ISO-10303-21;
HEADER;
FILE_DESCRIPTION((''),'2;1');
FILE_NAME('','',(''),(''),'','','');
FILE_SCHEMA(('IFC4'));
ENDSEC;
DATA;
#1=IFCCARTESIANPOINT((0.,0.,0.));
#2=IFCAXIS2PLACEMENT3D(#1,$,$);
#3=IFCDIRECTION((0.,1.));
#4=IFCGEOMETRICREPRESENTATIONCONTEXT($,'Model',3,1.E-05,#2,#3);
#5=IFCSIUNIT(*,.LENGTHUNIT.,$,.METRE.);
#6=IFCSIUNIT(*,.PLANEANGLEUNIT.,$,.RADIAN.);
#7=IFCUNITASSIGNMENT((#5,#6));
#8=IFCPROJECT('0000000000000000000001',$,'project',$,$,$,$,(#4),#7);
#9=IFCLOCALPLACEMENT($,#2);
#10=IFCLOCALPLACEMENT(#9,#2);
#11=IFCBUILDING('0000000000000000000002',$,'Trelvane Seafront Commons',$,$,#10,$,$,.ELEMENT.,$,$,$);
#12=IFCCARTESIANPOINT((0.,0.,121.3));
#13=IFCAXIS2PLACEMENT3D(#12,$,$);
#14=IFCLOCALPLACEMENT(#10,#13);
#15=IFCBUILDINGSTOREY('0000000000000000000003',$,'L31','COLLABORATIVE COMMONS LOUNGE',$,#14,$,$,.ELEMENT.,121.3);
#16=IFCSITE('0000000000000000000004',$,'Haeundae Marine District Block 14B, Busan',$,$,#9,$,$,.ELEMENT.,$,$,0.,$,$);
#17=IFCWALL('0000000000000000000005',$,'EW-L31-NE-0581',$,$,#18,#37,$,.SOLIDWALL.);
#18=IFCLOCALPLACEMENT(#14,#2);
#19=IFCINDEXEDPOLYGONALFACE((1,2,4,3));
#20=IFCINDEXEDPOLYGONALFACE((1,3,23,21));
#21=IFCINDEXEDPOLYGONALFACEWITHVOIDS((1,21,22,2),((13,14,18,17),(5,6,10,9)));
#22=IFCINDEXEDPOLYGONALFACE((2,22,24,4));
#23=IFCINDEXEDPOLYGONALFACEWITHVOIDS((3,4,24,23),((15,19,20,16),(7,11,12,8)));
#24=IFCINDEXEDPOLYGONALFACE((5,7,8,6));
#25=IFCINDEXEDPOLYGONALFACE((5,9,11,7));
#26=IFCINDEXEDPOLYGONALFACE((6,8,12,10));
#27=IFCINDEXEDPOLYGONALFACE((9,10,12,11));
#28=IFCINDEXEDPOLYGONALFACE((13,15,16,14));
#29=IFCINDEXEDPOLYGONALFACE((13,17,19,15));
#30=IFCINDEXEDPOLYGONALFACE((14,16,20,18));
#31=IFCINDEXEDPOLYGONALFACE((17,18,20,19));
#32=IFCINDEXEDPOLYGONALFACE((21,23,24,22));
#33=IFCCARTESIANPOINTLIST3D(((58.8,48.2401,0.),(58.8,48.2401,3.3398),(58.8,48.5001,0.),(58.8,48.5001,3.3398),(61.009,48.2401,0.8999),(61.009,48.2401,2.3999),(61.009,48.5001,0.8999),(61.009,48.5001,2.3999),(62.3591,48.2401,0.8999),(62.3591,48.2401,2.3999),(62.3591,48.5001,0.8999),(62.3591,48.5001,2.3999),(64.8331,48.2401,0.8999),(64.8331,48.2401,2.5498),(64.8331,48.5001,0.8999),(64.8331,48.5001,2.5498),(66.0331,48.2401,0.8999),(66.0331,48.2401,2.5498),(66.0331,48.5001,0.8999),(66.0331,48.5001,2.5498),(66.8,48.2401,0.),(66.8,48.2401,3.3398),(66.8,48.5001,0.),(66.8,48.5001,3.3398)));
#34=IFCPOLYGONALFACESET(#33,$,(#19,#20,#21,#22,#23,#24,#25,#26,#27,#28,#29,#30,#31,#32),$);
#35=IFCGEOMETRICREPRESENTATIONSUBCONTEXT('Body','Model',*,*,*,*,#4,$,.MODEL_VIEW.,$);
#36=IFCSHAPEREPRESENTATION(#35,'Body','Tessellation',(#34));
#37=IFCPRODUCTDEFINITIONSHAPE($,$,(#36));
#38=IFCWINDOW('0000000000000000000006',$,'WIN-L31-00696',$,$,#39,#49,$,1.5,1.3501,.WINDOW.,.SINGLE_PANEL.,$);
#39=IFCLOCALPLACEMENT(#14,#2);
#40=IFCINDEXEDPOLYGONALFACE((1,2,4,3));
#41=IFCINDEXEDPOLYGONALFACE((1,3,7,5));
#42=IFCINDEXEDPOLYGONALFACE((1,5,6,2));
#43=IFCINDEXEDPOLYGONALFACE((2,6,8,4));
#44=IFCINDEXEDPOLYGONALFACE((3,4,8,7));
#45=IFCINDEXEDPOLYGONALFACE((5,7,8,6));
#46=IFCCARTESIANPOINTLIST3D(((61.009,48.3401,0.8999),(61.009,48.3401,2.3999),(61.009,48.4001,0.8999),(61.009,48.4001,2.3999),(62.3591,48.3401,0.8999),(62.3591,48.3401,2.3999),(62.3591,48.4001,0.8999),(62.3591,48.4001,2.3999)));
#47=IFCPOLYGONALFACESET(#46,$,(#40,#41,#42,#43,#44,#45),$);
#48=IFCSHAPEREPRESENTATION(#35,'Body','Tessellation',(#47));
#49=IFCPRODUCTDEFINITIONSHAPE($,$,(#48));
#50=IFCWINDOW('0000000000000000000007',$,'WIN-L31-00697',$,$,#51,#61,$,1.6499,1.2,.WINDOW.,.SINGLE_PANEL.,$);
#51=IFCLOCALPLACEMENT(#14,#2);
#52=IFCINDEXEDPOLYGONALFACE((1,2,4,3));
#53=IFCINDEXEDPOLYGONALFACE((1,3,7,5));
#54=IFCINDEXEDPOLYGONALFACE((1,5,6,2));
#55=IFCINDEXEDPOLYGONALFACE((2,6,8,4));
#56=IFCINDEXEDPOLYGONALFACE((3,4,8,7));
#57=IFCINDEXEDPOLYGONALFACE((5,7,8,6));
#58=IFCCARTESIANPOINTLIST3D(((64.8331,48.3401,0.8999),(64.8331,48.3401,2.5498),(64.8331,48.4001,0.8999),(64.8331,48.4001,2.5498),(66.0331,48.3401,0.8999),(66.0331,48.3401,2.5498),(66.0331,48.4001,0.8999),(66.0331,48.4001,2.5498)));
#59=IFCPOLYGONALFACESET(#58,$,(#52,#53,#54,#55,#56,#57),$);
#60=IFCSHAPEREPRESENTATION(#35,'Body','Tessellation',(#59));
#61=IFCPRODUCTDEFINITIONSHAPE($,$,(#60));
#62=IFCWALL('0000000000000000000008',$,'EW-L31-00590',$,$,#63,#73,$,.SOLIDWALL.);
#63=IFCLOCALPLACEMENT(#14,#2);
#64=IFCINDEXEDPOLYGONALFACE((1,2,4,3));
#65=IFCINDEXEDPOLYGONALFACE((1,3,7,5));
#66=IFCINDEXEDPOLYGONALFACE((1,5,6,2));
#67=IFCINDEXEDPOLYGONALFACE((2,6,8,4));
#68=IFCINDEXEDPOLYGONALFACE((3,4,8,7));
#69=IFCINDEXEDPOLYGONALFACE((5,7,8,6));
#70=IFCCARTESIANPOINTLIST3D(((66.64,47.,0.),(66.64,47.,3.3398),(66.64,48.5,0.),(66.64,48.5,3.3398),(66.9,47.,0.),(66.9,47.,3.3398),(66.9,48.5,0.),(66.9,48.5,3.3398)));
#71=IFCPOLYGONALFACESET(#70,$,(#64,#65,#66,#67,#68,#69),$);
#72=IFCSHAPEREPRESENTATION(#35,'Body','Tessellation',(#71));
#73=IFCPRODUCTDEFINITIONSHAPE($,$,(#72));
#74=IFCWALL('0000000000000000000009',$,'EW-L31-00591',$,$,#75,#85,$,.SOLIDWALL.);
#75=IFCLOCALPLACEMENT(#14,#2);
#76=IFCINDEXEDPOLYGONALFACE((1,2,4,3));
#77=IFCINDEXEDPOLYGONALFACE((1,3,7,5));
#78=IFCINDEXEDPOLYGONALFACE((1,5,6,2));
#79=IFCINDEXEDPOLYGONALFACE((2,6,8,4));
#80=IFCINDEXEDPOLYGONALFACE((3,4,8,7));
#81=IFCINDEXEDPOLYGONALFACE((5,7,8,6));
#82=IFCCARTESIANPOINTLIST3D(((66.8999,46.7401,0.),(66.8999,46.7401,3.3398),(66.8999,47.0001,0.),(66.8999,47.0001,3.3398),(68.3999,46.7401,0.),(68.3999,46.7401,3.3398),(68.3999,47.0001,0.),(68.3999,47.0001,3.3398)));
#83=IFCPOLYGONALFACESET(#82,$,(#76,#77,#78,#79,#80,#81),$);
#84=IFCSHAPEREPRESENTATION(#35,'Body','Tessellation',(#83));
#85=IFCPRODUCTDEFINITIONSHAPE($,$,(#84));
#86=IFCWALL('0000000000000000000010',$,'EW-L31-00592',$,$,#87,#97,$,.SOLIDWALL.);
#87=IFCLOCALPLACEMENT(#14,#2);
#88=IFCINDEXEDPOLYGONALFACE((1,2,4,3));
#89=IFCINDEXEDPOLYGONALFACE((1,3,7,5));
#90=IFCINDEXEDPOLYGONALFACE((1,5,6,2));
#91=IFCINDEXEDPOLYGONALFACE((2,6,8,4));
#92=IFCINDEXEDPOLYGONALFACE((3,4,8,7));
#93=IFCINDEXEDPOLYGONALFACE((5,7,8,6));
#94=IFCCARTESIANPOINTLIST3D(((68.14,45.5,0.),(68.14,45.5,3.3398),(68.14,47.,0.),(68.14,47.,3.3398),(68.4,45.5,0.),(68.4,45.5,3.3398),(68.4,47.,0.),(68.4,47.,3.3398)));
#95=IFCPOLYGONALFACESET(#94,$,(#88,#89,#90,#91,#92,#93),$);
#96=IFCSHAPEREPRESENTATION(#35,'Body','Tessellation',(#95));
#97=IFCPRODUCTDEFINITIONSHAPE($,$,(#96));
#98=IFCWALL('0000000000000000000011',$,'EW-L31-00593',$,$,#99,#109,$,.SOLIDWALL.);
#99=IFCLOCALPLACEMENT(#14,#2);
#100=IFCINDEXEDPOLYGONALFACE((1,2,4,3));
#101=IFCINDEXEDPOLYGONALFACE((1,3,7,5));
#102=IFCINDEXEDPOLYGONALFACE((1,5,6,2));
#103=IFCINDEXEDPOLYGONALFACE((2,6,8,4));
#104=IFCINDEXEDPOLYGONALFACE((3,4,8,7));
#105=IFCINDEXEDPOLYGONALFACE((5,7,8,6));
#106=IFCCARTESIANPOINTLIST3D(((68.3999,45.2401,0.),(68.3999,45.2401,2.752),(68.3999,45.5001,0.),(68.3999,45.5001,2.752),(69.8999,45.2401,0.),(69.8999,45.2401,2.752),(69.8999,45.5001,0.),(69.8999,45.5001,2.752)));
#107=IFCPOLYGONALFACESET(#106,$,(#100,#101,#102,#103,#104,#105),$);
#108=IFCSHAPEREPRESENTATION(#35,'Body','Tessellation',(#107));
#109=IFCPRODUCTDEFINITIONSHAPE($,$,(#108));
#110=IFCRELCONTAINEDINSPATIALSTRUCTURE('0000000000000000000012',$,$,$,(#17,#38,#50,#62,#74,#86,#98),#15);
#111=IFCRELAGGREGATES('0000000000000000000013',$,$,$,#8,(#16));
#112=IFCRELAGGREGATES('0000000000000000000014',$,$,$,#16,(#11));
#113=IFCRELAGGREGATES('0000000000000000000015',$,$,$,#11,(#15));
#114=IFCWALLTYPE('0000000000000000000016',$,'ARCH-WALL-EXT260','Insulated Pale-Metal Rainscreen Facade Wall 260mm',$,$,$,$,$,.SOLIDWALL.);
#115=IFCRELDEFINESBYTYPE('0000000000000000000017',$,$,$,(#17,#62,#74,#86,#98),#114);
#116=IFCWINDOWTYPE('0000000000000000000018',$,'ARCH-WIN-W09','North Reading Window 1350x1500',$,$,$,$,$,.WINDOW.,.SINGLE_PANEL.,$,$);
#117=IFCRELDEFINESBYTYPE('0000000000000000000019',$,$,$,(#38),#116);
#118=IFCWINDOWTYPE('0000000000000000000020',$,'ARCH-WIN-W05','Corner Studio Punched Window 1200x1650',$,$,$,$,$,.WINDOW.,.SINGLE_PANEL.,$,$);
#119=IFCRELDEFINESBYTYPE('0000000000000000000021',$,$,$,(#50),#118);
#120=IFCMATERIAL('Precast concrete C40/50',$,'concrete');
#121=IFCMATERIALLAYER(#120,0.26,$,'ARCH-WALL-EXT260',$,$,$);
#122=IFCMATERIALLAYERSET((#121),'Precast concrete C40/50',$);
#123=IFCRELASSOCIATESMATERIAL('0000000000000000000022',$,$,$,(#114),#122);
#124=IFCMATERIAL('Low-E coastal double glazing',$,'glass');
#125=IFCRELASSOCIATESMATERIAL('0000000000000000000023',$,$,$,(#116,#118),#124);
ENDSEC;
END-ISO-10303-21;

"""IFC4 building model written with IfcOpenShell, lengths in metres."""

from ifc_helpers import new_model, si_unit, direction, frame, frame_2d, origin, place, context, subcontext, project, spatial, rectangle, extrude, source, transform, mapped, material, layer, layer_set, type_object, element, fill, save


model = new_model("IFC4")

# Units and contexts
model_context = context("Model", 3, precision=1e-05, world=origin(), true_north=direction((0.0, 1.0)))
body_context = subcontext(model_context, "Body", "Model", "MODEL_VIEW")
ifc_project = project(units=[si_unit("LENGTHUNIT", "METRE"), si_unit("PLANEANGLEUNIT", "RADIAN")], contexts=[model_context])

# Site, building, storey
site_placement = place(None, origin())
site = spatial("IfcSite", under=ifc_project, at=site_placement, Name="Haeundae Marine District Block 14B, Busan", CompositionType="ELEMENT", RefElevation=0.0)
building_placement = place(site_placement, origin())
building = spatial("IfcBuilding", under=site, at=building_placement, Name="Trelvane Seafront Commons", CompositionType="ELEMENT")
storey_placement = place(building_placement, frame((0.0, 0.0, 121.3)))
storey = spatial("IfcBuildingStorey", under=building, at=storey_placement, Name="L31", Description="COLLABORATIVE COMMONS LOUNGE", CompositionType="ELEMENT", Elevation=121.3)

# Wall, openings, windows
ifc_material_1 = material(Name="Precast concrete C40/50", Category="concrete")
ifc_layer_1 = layer(ifc_material_1, 0.26, Name="ARCH-WALL-EXT260")
ifc_layer_set_1 = layer_set([ifc_layer_1], Name="Precast concrete C40/50")
wall_type_1 = type_object("IfcWallType", Name="ARCH-WALL-EXT260", Description="Insulated Pale-Metal Rainscreen Facade Wall 260mm", PredefinedType="SOLIDWALL", material=ifc_layer_set_1)
wall_1_placement = place(storey_placement, frame((58.8, 48.3701, 0.0), z_axis=(0.0, 0.0, 1.0), x_axis=(1.0, 0.0, 0.0)))
wall_1 = element("IfcWall", 1, at=wall_1_placement, inside=storey, type_object=wall_type_1, Name="EW-L31-NE-0581", PredefinedType="SOLIDWALL", context=body_context, shape_type="SweptSolid", body=[
    extrude(rectangle(XDim=8.0, YDim=0.26, at=frame_2d((4.0, 0.0))), origin(), (0.0, 0.0, 1.0), 3.3398),
])
opening_1_placement = place(wall_1_placement, frame((2.209, 0.0, 0.8999)))
opening_1 = element("IfcOpeningElement", 2, at=opening_1_placement, cuts=wall_1, PredefinedType="OPENING", context=body_context, shape_type="SweptSolid", body=[
    extrude(rectangle(XDim=1.3501, YDim=1.5, at=frame_2d((0.675, 0.75))), frame((0.0, 0.1399, 0.0), z_axis=(0.0, -1.0, 0.0), x_axis=(1.0, 0.0, 0.0)), (0.0, 0.0, 1.0), 0.28),
])
opening_2_placement = place(wall_1_placement, frame((6.033, 0.0, 0.8999)))
opening_2 = element("IfcOpeningElement", 3, at=opening_2_placement, cuts=wall_1, PredefinedType="OPENING", context=body_context, shape_type="SweptSolid", body=[
    extrude(rectangle(XDim=1.2, YDim=1.6499, at=frame_2d((0.6001, 0.825))), frame((0.0, 0.1399, 0.0), z_axis=(0.0, -1.0, 0.0), x_axis=(1.0, 0.0, 0.0)), (0.0, 0.0, 1.0), 0.28),
])
ifc_material_2 = material(Name="Low-E coastal double glazing", Category="glass")
window_type_1 = type_object("IfcWindowType", Name="ARCH-WIN-W09", Description="North Reading Window 1350x1500", PartitioningType="SINGLE_PANEL", PredefinedType="WINDOW", material=ifc_material_2)
shared_shape_1 = source(origin(), body_context, "Body", "SweptSolid", [
    extrude(rectangle(XDim=1.3501, YDim=1.5, at=frame_2d((0.675, 0.75))), frame((0.0, 0.03, 0.0), z_axis=(0.0, -1.0, 0.0), x_axis=(1.0, 0.0, 0.0)), (0.0, 0.0, 1.0), 0.0601),
])
window_1_placement = place(opening_1_placement, origin())
window_1 = element("IfcWindow", 4, at=window_1_placement, inside=storey, type_object=window_type_1, Name="WIN-L31-00696", OverallHeight=1.5, OverallWidth=1.3501, PartitioningType="SINGLE_PANEL", PredefinedType="WINDOW", context=body_context, shape_type="MappedRepresentation", body=[
    mapped(shared_shape_1, transform((0.0, 0.0, 0.0), x_axis=(1.0, 0.0, 0.0), y_axis=(0.0, 1.0, 0.0), z_axis=(0.0, 0.0, 1.0), scale=1.0)),
])
fill(opening_1, window_1)
window_type_2 = type_object("IfcWindowType", Name="ARCH-WIN-W05", Description="Corner Studio Punched Window 1200x1650", PartitioningType="SINGLE_PANEL", PredefinedType="WINDOW", material=ifc_material_2)
shared_shape_2 = source(origin(), body_context, "Body", "SweptSolid", [
    extrude(rectangle(XDim=1.2, YDim=1.6499, at=frame_2d((0.6001, 0.825))), frame((0.0, 0.03, 0.0), z_axis=(0.0, -1.0, 0.0), x_axis=(1.0, 0.0, 0.0)), (0.0, 0.0, 1.0), 0.0601),
])
window_2_placement = place(opening_2_placement, origin())
window_2 = element("IfcWindow", 5, at=window_2_placement, inside=storey, type_object=window_type_2, Name="WIN-L31-00697", OverallHeight=1.6499, OverallWidth=1.2, PartitioningType="SINGLE_PANEL", PredefinedType="WINDOW", context=body_context, shape_type="MappedRepresentation", body=[
    mapped(shared_shape_2, transform((0.0, 0.0, 0.0), x_axis=(1.0, 0.0, 0.0), y_axis=(0.0, 1.0, 0.0), z_axis=(0.0, 0.0, 1.0), scale=1.0)),
])
fill(opening_2, window_2)

# Walls
for number, where, z_axis, x_axis, name in (
    (6, (66.77, 48.5, 0.0), (0.0, 0.0, 1.0), (0.0, -1.0, 0.0), "EW-L31-00590"),
    (7, (66.8999, 46.8701, 0.0), (0.0, 0.0, 1.0), (1.0, 0.0, 0.0), "EW-L31-00591"),
    (8, (68.27, 47.0, 0.0), (0.0, 0.0, 1.0), (0.0, -1.0, 0.0), "EW-L31-00592"),
):
    element("IfcWall", number, at=place(storey_placement, frame(where, z_axis=z_axis, x_axis=x_axis)), inside=storey, type_object=wall_type_1, Name=name, PredefinedType="SOLIDWALL", context=body_context, shape_type="SweptSolid", body=[
        extrude(rectangle(XDim=1.5, YDim=0.26, at=frame_2d((0.75, 0.0))), origin(), (0.0, 0.0, 1.0), 3.3398),
    ])
wall_2_placement = place(storey_placement, frame((68.3999, 45.3701, 0.0), z_axis=(0.0, 0.0, 1.0), x_axis=(1.0, 0.0, 0.0)))
element("IfcWall", 9, at=wall_2_placement, inside=storey, type_object=wall_type_1, Name="EW-L31-00593", PredefinedType="SOLIDWALL", context=body_context, shape_type="SweptSolid", body=[
    extrude(rectangle(XDim=1.5, YDim=0.26, at=frame_2d((0.75, 0.0))), origin(), (0.0, 0.0, 1.0), 2.752),
])

save(model, "model.ifc")
